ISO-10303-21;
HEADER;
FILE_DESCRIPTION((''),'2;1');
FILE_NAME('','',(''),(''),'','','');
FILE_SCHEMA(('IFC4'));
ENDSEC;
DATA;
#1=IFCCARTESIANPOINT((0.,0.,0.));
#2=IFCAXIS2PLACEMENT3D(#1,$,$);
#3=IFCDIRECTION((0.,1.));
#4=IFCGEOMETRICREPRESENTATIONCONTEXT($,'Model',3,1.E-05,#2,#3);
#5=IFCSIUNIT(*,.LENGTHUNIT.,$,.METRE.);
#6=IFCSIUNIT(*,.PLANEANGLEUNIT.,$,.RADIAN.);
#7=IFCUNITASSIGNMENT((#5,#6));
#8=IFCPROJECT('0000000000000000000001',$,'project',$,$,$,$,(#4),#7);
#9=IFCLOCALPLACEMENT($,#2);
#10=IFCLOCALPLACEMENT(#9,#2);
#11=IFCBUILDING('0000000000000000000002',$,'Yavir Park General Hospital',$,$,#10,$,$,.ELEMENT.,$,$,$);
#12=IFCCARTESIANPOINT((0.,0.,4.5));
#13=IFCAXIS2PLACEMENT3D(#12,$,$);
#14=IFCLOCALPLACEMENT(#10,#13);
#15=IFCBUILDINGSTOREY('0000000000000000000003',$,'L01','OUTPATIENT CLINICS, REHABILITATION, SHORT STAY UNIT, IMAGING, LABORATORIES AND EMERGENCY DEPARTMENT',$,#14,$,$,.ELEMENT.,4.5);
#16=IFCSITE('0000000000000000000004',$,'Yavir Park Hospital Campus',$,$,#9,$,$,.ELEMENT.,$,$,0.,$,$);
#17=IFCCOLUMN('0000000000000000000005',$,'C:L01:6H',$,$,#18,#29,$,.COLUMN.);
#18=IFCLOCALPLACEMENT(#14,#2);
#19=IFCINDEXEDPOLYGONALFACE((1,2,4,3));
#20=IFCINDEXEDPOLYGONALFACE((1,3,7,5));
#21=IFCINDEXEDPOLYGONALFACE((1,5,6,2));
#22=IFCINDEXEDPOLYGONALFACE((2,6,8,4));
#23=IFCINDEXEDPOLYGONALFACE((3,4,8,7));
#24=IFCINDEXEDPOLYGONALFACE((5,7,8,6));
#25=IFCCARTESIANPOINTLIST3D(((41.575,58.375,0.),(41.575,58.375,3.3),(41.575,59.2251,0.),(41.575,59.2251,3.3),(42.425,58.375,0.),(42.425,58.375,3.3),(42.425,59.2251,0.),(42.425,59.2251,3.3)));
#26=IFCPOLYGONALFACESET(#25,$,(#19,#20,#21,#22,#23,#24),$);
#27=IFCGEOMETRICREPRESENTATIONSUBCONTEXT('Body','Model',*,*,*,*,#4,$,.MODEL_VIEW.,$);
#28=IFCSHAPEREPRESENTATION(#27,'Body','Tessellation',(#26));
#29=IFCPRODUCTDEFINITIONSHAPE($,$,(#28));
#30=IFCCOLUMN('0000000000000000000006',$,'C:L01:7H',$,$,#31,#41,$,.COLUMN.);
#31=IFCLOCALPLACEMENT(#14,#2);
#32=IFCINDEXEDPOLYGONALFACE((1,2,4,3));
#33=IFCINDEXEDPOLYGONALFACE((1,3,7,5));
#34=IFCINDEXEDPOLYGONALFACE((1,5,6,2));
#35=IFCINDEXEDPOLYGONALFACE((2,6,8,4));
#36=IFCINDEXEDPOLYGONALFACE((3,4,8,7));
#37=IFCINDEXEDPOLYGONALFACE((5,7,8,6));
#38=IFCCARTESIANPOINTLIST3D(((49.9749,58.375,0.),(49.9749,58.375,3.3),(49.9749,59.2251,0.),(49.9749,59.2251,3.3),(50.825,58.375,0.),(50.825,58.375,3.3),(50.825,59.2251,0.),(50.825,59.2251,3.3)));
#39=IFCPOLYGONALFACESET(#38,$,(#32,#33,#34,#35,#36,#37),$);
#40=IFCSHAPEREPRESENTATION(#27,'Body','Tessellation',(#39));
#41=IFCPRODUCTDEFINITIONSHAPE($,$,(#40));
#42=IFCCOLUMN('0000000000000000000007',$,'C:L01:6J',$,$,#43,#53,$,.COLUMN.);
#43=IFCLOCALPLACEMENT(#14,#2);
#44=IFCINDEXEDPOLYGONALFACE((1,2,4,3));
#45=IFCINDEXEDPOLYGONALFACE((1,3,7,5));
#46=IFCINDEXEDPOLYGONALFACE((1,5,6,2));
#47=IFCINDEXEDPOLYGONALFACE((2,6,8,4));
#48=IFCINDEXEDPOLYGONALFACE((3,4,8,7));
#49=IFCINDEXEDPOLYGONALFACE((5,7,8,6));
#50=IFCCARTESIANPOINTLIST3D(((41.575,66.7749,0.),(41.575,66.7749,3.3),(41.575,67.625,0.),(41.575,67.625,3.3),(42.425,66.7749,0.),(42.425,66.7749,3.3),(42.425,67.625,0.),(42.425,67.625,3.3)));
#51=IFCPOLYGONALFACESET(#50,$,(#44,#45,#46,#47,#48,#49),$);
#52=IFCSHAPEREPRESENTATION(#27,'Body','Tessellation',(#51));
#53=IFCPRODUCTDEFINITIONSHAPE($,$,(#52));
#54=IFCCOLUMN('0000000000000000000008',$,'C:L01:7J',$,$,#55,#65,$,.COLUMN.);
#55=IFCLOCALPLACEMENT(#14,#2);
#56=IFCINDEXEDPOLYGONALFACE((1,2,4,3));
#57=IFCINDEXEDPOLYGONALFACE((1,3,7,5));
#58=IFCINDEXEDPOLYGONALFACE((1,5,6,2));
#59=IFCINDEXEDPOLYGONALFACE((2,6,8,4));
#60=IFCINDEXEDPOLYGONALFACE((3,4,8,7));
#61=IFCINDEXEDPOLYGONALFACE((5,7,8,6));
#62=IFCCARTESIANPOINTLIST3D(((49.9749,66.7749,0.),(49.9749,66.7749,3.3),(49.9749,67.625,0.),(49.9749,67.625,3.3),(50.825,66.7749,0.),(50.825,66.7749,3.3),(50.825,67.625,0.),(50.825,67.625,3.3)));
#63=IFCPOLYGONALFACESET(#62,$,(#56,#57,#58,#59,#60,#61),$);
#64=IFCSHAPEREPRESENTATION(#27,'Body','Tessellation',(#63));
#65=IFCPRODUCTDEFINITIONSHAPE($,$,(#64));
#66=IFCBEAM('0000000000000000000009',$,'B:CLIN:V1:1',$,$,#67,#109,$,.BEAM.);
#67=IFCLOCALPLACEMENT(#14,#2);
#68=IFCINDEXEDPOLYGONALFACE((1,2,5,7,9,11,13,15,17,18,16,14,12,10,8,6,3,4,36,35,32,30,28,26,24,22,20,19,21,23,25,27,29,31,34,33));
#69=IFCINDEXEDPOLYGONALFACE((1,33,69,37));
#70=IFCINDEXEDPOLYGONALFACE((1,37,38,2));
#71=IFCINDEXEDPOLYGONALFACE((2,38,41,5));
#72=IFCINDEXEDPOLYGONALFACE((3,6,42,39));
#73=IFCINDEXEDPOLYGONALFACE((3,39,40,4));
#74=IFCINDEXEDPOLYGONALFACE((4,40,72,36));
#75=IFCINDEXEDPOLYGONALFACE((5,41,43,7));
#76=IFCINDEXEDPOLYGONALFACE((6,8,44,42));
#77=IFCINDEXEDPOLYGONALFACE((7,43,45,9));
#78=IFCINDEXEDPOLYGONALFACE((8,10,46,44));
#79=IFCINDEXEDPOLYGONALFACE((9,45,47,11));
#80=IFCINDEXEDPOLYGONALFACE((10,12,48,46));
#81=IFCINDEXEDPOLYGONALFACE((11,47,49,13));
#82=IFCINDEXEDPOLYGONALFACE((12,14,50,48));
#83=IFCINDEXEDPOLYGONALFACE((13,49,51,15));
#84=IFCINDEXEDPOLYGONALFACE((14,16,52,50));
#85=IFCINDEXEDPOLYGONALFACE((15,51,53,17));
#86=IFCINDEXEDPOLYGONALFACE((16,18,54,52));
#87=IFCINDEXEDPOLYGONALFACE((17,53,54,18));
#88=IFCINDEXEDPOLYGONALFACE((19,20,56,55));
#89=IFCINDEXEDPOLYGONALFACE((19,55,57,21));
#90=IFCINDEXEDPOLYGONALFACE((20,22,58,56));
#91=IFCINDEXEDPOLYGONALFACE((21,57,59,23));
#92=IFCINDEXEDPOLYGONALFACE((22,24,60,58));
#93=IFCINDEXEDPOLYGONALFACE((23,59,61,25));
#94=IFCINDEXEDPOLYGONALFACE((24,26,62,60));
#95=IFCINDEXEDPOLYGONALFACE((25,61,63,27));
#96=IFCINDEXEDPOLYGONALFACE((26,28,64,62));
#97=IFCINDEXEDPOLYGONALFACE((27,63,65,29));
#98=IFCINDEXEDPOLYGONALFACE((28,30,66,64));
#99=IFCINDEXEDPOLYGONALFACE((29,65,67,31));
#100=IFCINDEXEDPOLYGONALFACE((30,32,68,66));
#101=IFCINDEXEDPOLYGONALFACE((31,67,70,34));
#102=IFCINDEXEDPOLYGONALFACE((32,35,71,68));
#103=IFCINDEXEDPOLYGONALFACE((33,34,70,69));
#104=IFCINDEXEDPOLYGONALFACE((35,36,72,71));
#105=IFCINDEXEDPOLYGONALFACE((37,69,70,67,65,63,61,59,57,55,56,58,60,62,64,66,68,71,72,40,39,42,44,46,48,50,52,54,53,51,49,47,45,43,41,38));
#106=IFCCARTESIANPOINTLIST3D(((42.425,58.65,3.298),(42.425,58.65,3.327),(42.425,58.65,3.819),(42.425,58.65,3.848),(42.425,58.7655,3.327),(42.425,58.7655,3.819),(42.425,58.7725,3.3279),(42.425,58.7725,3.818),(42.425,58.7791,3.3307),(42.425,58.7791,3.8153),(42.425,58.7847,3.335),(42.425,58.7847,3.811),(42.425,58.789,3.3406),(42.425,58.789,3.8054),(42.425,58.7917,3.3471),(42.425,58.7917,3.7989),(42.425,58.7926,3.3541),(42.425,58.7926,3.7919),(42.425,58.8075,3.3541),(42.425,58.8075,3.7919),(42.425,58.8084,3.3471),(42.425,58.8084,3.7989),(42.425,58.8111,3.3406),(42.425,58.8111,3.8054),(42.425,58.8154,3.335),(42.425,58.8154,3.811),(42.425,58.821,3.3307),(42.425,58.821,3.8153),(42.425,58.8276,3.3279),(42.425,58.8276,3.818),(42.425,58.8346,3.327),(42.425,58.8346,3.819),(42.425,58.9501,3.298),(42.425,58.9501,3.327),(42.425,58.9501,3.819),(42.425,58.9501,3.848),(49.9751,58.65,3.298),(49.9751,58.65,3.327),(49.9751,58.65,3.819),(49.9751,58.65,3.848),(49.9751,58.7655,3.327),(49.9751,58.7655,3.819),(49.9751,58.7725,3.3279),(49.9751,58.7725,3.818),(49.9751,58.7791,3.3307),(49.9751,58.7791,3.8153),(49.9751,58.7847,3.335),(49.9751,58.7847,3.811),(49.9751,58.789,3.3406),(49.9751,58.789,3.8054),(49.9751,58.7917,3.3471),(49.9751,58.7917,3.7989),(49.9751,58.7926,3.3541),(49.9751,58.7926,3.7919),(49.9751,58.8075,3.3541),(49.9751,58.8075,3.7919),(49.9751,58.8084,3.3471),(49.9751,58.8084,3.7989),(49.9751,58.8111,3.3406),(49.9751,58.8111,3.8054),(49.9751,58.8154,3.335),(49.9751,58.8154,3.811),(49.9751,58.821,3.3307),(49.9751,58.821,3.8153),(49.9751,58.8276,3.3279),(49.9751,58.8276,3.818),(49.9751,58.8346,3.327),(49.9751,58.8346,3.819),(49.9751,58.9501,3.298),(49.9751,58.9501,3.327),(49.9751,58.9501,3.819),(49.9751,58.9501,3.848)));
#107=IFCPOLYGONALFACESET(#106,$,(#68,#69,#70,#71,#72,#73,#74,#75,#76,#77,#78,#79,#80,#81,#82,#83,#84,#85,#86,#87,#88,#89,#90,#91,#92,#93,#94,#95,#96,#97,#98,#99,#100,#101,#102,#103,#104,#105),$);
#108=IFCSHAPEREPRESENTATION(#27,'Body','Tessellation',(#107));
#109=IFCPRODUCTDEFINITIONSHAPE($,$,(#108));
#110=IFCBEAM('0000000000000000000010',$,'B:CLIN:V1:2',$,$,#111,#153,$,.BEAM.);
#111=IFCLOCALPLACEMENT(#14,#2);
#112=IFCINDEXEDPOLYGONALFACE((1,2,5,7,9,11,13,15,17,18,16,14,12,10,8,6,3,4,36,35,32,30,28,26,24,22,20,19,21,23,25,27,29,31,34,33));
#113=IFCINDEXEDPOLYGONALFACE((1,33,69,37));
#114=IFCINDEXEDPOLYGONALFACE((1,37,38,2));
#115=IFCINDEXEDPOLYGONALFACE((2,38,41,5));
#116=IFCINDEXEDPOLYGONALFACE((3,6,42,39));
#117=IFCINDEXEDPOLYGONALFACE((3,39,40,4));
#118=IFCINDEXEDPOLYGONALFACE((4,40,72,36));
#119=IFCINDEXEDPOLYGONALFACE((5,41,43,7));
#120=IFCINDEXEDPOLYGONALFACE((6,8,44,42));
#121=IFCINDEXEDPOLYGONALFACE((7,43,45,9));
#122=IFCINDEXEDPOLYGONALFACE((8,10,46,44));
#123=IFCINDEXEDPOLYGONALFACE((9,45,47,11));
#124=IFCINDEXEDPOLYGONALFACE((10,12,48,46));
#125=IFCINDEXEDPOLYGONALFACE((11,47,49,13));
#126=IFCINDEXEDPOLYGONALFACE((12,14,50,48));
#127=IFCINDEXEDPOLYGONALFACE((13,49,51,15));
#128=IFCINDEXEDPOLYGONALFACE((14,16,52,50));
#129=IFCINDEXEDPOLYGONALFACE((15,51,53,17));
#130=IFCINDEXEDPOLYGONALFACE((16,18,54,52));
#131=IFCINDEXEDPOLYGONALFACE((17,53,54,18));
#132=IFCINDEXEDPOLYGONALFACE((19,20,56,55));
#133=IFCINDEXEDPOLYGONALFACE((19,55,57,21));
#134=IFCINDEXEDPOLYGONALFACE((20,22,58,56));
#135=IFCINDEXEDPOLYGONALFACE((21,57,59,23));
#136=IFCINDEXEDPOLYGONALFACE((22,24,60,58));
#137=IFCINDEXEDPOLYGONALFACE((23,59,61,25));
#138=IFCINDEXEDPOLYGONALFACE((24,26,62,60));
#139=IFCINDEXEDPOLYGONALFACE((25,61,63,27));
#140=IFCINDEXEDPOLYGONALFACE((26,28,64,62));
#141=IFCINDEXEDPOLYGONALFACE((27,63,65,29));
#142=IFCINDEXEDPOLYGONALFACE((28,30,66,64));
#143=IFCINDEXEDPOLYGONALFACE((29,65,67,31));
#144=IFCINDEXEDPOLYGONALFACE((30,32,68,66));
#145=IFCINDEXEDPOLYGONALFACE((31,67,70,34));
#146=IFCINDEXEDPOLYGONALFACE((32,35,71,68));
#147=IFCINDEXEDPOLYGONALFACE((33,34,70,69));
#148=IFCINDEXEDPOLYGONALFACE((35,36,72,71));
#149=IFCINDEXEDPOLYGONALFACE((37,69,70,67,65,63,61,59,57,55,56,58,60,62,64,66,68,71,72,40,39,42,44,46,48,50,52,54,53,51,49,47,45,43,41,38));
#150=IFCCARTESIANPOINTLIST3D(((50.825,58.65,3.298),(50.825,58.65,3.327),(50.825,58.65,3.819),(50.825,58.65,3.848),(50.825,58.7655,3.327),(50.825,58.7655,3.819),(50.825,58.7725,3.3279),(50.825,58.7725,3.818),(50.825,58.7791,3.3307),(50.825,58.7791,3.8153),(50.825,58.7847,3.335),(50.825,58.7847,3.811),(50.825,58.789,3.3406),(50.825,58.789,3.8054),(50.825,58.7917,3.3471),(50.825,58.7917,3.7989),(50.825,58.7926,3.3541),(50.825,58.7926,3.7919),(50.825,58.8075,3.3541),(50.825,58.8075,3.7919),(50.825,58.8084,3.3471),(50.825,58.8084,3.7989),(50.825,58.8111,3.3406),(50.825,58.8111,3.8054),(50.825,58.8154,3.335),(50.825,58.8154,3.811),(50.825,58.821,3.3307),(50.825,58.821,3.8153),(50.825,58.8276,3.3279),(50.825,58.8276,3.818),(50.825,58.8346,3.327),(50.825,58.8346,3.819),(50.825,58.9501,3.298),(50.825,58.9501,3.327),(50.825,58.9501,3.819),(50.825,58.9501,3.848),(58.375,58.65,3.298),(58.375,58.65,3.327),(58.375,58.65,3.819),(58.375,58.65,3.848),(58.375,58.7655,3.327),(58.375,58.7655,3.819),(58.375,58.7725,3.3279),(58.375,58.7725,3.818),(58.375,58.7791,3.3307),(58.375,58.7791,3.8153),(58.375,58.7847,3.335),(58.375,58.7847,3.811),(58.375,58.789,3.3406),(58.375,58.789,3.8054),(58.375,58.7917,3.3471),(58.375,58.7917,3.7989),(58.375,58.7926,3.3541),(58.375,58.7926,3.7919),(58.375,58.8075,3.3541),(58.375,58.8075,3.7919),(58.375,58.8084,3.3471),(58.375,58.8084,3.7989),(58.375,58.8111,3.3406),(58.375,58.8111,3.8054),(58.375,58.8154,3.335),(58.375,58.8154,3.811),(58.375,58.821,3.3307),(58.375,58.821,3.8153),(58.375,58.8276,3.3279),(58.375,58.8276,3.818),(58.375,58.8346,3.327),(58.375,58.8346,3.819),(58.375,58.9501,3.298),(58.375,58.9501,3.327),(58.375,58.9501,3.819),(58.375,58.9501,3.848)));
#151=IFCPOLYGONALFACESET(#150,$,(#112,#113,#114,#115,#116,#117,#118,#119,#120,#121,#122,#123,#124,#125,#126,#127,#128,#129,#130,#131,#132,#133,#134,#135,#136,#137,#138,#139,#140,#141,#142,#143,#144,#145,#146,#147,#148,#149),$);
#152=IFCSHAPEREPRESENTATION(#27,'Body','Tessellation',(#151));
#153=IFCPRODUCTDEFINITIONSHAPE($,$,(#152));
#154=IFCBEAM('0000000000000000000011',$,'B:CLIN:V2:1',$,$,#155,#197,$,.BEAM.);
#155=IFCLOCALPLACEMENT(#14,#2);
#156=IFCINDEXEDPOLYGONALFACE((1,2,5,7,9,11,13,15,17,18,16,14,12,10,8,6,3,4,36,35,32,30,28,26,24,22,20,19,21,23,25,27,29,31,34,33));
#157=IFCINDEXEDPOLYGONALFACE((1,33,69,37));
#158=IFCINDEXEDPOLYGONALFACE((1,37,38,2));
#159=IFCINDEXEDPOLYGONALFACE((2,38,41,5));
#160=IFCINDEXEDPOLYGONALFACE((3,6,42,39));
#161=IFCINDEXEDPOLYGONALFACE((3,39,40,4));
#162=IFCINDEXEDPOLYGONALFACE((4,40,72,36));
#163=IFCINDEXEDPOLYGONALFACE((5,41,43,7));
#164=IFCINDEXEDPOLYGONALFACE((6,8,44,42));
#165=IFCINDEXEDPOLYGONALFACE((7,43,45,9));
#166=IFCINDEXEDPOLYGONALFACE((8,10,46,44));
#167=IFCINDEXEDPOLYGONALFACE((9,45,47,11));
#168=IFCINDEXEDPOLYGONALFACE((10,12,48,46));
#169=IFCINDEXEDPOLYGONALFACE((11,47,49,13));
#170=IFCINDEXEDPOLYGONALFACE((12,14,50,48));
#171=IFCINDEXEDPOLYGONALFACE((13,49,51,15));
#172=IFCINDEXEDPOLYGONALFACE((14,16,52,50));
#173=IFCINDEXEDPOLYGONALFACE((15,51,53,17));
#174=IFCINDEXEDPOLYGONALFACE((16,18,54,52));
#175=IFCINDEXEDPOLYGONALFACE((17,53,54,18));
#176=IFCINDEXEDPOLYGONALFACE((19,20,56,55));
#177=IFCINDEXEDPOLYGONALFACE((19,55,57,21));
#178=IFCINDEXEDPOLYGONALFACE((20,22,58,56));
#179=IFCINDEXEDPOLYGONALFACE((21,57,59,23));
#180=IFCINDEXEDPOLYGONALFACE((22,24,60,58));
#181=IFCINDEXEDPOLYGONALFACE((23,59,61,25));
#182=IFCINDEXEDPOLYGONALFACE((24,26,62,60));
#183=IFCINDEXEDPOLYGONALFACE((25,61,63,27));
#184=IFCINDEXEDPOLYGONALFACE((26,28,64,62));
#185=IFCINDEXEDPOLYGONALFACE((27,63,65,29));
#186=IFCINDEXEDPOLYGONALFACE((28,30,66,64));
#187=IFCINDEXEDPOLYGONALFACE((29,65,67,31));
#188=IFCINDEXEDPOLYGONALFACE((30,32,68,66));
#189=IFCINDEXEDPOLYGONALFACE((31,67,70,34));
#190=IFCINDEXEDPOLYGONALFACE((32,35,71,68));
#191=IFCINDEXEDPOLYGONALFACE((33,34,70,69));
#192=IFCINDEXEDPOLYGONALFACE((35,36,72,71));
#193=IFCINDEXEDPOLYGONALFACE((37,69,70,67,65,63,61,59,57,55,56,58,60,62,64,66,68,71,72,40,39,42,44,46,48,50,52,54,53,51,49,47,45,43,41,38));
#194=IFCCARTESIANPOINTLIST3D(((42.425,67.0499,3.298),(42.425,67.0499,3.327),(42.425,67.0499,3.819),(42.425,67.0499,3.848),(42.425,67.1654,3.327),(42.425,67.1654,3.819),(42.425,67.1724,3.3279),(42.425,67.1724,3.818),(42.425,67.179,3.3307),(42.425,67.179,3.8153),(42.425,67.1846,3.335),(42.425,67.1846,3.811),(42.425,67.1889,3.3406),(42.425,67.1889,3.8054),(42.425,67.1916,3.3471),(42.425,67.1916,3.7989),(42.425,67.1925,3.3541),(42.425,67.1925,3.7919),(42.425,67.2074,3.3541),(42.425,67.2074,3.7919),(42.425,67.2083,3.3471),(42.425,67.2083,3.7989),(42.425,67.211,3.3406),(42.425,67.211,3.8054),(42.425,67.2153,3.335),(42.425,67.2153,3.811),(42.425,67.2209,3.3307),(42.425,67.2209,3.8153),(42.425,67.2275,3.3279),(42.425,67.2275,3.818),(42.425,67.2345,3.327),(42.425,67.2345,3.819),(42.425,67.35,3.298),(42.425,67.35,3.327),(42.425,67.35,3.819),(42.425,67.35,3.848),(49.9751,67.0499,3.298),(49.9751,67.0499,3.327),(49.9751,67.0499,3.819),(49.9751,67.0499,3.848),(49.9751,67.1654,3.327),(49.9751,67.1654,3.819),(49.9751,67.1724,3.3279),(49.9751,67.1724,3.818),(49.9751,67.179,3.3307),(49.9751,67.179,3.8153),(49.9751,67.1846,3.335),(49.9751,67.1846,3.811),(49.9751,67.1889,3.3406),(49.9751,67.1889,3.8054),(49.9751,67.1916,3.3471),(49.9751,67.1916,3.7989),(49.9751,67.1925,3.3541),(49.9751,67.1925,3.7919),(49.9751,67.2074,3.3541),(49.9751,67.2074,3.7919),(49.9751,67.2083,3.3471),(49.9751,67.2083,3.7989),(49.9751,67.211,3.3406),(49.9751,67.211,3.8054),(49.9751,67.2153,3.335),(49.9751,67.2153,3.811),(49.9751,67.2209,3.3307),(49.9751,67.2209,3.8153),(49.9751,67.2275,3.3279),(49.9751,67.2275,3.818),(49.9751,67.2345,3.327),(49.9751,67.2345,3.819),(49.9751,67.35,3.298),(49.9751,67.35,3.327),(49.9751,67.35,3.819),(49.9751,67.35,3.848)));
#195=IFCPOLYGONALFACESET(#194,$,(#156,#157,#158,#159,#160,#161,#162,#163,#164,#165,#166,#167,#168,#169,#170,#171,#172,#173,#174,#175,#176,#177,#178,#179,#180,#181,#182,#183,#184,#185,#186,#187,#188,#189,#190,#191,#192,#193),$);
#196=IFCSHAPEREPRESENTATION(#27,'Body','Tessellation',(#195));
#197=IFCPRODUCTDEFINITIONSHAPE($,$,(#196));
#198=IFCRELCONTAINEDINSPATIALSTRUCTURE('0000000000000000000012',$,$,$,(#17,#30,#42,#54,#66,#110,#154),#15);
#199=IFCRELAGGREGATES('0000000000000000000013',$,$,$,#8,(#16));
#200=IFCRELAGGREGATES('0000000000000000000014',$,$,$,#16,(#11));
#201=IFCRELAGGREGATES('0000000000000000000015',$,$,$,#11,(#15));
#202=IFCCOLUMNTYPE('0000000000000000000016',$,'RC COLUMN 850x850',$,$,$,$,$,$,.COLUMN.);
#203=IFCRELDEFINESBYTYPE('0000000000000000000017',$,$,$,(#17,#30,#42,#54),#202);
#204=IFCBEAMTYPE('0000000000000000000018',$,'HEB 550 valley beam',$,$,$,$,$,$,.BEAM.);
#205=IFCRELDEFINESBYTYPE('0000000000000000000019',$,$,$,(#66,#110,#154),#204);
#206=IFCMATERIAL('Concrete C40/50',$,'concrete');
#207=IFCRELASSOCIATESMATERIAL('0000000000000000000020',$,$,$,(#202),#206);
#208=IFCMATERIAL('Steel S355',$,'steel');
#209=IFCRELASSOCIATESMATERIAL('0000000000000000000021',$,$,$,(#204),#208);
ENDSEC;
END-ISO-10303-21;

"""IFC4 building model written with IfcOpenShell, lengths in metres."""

from ifc_helpers import new_model, si_unit, direction, frame, origin, origin_2d, place, context, subcontext, project, spatial, rectangle, i_section, extrude, material, material_profile, profile_set, type_object, element, save


model = new_model("IFC4")

# Units and contexts
model_context = context("Model", 3, precision=1e-05, world=origin(), true_north=direction((0.0, 1.0)))
body_context = subcontext(model_context, "Body", "Model", "MODEL_VIEW")
ifc_project = project(units=[si_unit("LENGTHUNIT", "METRE"), si_unit("PLANEANGLEUNIT", "RADIAN")], contexts=[model_context])

# Site, building, storey
site_placement = place(None, origin())
site = spatial("IfcSite", under=ifc_project, at=site_placement, Name="Yavir Park Hospital Campus", CompositionType="ELEMENT", RefElevation=0.0)
building_placement = place(site_placement, origin())
building = spatial("IfcBuilding", under=site, at=building_placement, Name="Yavir Park General Hospital", CompositionType="ELEMENT")
storey_placement = place(building_placement, frame((0.0, 0.0, 4.5)))
storey = spatial("IfcBuildingStorey", under=building, at=storey_placement, Name="L01", Description="OUTPATIENT CLINICS, REHABILITATION, SHORT STAY UNIT, IMAGING, LABORATORIES AND EMERGENCY DEPARTMENT", CompositionType="ELEMENT", Elevation=4.5)

# Columns
ifc_material_1 = material(Name="Concrete C40/50", Category="concrete")
ifc_material_profile_1 = material_profile(ifc_material_1, rectangle(XDim=0.8501, YDim=0.8501, at=origin_2d()), Name="RC850x850")
ifc_profile_set_1 = profile_set([ifc_material_profile_1], Name="Concrete C40/50")
column_type = type_object("IfcColumnType", Name="RC COLUMN 850x850", PredefinedType="COLUMN", material=ifc_profile_set_1)
for number, where, z_axis, x_axis, name in (
    (1, (42.0, 58.8, 0.0), (0.0, 0.0, 1.0), (1.0, 0.0, 0.0), "C:L01:6H"),
    (2, (50.3999, 58.8, 0.0), (0.0, 0.0, 1.0), (1.0, 0.0, 0.0), "C:L01:7H"),
    (3, (42.0, 67.2, 0.0), (0.0, 0.0, 1.0), (1.0, 0.0, 0.0), "C:L01:6J"),
    (4, (50.3999, 67.2, 0.0), (0.0, 0.0, 1.0), (1.0, 0.0, 0.0), "C:L01:7J"),
):
    element("IfcColumn", number, at=place(storey_placement, frame(where, z_axis=z_axis, x_axis=x_axis)), inside=storey, type_object=column_type, Name=name, PredefinedType="COLUMN", context=body_context, shape_type="SweptSolid", body=[
        extrude(rectangle(XDim=0.8501, YDim=0.8501, at=origin_2d()), origin(), (0.0, 0.0, 1.0), 3.3),
    ])

# Beams
ifc_material_2 = material(Name="Steel S355", Category="steel")
ifc_material_profile_2 = material_profile(ifc_material_2, i_section(OverallWidth=0.3, OverallDepth=0.55, WebThickness=0.0149, FlangeThickness=0.0291, FilletRadius=0.0271, at=origin_2d()), Name="HEB550")
ifc_profile_set_2 = profile_set([ifc_material_profile_2], Name="Steel S355")
beam_type = type_object("IfcBeamType", Name="HEB 550 valley beam", PredefinedType="BEAM", material=ifc_profile_set_2)
for number, where, z_axis, x_axis, name in (
    (5, (42.425, 58.8, 3.573), (1.0, 0.0, 0.0), (0.0, 1.0, 0.0), "B:CLIN:V1:1"),
    (6, (50.825, 58.8, 3.573), (1.0, 0.0, 0.0), (0.0, 1.0, 0.0), "B:CLIN:V1:2"),
    (7, (42.425, 67.2, 3.573), (1.0, 0.0, 0.0), (0.0, 1.0, 0.0), "B:CLIN:V2:1"),
):
    element("IfcBeam", number, at=place(storey_placement, frame(where, z_axis=z_axis, x_axis=x_axis)), inside=storey, type_object=beam_type, Name=name, PredefinedType="BEAM", context=body_context, shape_type="SweptSolid", body=[
        extrude(i_section(OverallWidth=0.3, OverallDepth=0.55, WebThickness=0.0149, FlangeThickness=0.0291, FilletRadius=0.0271, at=origin_2d()), origin(), (0.0, 0.0, 1.0), 7.55),
    ])

save(model, "model.ifc")
